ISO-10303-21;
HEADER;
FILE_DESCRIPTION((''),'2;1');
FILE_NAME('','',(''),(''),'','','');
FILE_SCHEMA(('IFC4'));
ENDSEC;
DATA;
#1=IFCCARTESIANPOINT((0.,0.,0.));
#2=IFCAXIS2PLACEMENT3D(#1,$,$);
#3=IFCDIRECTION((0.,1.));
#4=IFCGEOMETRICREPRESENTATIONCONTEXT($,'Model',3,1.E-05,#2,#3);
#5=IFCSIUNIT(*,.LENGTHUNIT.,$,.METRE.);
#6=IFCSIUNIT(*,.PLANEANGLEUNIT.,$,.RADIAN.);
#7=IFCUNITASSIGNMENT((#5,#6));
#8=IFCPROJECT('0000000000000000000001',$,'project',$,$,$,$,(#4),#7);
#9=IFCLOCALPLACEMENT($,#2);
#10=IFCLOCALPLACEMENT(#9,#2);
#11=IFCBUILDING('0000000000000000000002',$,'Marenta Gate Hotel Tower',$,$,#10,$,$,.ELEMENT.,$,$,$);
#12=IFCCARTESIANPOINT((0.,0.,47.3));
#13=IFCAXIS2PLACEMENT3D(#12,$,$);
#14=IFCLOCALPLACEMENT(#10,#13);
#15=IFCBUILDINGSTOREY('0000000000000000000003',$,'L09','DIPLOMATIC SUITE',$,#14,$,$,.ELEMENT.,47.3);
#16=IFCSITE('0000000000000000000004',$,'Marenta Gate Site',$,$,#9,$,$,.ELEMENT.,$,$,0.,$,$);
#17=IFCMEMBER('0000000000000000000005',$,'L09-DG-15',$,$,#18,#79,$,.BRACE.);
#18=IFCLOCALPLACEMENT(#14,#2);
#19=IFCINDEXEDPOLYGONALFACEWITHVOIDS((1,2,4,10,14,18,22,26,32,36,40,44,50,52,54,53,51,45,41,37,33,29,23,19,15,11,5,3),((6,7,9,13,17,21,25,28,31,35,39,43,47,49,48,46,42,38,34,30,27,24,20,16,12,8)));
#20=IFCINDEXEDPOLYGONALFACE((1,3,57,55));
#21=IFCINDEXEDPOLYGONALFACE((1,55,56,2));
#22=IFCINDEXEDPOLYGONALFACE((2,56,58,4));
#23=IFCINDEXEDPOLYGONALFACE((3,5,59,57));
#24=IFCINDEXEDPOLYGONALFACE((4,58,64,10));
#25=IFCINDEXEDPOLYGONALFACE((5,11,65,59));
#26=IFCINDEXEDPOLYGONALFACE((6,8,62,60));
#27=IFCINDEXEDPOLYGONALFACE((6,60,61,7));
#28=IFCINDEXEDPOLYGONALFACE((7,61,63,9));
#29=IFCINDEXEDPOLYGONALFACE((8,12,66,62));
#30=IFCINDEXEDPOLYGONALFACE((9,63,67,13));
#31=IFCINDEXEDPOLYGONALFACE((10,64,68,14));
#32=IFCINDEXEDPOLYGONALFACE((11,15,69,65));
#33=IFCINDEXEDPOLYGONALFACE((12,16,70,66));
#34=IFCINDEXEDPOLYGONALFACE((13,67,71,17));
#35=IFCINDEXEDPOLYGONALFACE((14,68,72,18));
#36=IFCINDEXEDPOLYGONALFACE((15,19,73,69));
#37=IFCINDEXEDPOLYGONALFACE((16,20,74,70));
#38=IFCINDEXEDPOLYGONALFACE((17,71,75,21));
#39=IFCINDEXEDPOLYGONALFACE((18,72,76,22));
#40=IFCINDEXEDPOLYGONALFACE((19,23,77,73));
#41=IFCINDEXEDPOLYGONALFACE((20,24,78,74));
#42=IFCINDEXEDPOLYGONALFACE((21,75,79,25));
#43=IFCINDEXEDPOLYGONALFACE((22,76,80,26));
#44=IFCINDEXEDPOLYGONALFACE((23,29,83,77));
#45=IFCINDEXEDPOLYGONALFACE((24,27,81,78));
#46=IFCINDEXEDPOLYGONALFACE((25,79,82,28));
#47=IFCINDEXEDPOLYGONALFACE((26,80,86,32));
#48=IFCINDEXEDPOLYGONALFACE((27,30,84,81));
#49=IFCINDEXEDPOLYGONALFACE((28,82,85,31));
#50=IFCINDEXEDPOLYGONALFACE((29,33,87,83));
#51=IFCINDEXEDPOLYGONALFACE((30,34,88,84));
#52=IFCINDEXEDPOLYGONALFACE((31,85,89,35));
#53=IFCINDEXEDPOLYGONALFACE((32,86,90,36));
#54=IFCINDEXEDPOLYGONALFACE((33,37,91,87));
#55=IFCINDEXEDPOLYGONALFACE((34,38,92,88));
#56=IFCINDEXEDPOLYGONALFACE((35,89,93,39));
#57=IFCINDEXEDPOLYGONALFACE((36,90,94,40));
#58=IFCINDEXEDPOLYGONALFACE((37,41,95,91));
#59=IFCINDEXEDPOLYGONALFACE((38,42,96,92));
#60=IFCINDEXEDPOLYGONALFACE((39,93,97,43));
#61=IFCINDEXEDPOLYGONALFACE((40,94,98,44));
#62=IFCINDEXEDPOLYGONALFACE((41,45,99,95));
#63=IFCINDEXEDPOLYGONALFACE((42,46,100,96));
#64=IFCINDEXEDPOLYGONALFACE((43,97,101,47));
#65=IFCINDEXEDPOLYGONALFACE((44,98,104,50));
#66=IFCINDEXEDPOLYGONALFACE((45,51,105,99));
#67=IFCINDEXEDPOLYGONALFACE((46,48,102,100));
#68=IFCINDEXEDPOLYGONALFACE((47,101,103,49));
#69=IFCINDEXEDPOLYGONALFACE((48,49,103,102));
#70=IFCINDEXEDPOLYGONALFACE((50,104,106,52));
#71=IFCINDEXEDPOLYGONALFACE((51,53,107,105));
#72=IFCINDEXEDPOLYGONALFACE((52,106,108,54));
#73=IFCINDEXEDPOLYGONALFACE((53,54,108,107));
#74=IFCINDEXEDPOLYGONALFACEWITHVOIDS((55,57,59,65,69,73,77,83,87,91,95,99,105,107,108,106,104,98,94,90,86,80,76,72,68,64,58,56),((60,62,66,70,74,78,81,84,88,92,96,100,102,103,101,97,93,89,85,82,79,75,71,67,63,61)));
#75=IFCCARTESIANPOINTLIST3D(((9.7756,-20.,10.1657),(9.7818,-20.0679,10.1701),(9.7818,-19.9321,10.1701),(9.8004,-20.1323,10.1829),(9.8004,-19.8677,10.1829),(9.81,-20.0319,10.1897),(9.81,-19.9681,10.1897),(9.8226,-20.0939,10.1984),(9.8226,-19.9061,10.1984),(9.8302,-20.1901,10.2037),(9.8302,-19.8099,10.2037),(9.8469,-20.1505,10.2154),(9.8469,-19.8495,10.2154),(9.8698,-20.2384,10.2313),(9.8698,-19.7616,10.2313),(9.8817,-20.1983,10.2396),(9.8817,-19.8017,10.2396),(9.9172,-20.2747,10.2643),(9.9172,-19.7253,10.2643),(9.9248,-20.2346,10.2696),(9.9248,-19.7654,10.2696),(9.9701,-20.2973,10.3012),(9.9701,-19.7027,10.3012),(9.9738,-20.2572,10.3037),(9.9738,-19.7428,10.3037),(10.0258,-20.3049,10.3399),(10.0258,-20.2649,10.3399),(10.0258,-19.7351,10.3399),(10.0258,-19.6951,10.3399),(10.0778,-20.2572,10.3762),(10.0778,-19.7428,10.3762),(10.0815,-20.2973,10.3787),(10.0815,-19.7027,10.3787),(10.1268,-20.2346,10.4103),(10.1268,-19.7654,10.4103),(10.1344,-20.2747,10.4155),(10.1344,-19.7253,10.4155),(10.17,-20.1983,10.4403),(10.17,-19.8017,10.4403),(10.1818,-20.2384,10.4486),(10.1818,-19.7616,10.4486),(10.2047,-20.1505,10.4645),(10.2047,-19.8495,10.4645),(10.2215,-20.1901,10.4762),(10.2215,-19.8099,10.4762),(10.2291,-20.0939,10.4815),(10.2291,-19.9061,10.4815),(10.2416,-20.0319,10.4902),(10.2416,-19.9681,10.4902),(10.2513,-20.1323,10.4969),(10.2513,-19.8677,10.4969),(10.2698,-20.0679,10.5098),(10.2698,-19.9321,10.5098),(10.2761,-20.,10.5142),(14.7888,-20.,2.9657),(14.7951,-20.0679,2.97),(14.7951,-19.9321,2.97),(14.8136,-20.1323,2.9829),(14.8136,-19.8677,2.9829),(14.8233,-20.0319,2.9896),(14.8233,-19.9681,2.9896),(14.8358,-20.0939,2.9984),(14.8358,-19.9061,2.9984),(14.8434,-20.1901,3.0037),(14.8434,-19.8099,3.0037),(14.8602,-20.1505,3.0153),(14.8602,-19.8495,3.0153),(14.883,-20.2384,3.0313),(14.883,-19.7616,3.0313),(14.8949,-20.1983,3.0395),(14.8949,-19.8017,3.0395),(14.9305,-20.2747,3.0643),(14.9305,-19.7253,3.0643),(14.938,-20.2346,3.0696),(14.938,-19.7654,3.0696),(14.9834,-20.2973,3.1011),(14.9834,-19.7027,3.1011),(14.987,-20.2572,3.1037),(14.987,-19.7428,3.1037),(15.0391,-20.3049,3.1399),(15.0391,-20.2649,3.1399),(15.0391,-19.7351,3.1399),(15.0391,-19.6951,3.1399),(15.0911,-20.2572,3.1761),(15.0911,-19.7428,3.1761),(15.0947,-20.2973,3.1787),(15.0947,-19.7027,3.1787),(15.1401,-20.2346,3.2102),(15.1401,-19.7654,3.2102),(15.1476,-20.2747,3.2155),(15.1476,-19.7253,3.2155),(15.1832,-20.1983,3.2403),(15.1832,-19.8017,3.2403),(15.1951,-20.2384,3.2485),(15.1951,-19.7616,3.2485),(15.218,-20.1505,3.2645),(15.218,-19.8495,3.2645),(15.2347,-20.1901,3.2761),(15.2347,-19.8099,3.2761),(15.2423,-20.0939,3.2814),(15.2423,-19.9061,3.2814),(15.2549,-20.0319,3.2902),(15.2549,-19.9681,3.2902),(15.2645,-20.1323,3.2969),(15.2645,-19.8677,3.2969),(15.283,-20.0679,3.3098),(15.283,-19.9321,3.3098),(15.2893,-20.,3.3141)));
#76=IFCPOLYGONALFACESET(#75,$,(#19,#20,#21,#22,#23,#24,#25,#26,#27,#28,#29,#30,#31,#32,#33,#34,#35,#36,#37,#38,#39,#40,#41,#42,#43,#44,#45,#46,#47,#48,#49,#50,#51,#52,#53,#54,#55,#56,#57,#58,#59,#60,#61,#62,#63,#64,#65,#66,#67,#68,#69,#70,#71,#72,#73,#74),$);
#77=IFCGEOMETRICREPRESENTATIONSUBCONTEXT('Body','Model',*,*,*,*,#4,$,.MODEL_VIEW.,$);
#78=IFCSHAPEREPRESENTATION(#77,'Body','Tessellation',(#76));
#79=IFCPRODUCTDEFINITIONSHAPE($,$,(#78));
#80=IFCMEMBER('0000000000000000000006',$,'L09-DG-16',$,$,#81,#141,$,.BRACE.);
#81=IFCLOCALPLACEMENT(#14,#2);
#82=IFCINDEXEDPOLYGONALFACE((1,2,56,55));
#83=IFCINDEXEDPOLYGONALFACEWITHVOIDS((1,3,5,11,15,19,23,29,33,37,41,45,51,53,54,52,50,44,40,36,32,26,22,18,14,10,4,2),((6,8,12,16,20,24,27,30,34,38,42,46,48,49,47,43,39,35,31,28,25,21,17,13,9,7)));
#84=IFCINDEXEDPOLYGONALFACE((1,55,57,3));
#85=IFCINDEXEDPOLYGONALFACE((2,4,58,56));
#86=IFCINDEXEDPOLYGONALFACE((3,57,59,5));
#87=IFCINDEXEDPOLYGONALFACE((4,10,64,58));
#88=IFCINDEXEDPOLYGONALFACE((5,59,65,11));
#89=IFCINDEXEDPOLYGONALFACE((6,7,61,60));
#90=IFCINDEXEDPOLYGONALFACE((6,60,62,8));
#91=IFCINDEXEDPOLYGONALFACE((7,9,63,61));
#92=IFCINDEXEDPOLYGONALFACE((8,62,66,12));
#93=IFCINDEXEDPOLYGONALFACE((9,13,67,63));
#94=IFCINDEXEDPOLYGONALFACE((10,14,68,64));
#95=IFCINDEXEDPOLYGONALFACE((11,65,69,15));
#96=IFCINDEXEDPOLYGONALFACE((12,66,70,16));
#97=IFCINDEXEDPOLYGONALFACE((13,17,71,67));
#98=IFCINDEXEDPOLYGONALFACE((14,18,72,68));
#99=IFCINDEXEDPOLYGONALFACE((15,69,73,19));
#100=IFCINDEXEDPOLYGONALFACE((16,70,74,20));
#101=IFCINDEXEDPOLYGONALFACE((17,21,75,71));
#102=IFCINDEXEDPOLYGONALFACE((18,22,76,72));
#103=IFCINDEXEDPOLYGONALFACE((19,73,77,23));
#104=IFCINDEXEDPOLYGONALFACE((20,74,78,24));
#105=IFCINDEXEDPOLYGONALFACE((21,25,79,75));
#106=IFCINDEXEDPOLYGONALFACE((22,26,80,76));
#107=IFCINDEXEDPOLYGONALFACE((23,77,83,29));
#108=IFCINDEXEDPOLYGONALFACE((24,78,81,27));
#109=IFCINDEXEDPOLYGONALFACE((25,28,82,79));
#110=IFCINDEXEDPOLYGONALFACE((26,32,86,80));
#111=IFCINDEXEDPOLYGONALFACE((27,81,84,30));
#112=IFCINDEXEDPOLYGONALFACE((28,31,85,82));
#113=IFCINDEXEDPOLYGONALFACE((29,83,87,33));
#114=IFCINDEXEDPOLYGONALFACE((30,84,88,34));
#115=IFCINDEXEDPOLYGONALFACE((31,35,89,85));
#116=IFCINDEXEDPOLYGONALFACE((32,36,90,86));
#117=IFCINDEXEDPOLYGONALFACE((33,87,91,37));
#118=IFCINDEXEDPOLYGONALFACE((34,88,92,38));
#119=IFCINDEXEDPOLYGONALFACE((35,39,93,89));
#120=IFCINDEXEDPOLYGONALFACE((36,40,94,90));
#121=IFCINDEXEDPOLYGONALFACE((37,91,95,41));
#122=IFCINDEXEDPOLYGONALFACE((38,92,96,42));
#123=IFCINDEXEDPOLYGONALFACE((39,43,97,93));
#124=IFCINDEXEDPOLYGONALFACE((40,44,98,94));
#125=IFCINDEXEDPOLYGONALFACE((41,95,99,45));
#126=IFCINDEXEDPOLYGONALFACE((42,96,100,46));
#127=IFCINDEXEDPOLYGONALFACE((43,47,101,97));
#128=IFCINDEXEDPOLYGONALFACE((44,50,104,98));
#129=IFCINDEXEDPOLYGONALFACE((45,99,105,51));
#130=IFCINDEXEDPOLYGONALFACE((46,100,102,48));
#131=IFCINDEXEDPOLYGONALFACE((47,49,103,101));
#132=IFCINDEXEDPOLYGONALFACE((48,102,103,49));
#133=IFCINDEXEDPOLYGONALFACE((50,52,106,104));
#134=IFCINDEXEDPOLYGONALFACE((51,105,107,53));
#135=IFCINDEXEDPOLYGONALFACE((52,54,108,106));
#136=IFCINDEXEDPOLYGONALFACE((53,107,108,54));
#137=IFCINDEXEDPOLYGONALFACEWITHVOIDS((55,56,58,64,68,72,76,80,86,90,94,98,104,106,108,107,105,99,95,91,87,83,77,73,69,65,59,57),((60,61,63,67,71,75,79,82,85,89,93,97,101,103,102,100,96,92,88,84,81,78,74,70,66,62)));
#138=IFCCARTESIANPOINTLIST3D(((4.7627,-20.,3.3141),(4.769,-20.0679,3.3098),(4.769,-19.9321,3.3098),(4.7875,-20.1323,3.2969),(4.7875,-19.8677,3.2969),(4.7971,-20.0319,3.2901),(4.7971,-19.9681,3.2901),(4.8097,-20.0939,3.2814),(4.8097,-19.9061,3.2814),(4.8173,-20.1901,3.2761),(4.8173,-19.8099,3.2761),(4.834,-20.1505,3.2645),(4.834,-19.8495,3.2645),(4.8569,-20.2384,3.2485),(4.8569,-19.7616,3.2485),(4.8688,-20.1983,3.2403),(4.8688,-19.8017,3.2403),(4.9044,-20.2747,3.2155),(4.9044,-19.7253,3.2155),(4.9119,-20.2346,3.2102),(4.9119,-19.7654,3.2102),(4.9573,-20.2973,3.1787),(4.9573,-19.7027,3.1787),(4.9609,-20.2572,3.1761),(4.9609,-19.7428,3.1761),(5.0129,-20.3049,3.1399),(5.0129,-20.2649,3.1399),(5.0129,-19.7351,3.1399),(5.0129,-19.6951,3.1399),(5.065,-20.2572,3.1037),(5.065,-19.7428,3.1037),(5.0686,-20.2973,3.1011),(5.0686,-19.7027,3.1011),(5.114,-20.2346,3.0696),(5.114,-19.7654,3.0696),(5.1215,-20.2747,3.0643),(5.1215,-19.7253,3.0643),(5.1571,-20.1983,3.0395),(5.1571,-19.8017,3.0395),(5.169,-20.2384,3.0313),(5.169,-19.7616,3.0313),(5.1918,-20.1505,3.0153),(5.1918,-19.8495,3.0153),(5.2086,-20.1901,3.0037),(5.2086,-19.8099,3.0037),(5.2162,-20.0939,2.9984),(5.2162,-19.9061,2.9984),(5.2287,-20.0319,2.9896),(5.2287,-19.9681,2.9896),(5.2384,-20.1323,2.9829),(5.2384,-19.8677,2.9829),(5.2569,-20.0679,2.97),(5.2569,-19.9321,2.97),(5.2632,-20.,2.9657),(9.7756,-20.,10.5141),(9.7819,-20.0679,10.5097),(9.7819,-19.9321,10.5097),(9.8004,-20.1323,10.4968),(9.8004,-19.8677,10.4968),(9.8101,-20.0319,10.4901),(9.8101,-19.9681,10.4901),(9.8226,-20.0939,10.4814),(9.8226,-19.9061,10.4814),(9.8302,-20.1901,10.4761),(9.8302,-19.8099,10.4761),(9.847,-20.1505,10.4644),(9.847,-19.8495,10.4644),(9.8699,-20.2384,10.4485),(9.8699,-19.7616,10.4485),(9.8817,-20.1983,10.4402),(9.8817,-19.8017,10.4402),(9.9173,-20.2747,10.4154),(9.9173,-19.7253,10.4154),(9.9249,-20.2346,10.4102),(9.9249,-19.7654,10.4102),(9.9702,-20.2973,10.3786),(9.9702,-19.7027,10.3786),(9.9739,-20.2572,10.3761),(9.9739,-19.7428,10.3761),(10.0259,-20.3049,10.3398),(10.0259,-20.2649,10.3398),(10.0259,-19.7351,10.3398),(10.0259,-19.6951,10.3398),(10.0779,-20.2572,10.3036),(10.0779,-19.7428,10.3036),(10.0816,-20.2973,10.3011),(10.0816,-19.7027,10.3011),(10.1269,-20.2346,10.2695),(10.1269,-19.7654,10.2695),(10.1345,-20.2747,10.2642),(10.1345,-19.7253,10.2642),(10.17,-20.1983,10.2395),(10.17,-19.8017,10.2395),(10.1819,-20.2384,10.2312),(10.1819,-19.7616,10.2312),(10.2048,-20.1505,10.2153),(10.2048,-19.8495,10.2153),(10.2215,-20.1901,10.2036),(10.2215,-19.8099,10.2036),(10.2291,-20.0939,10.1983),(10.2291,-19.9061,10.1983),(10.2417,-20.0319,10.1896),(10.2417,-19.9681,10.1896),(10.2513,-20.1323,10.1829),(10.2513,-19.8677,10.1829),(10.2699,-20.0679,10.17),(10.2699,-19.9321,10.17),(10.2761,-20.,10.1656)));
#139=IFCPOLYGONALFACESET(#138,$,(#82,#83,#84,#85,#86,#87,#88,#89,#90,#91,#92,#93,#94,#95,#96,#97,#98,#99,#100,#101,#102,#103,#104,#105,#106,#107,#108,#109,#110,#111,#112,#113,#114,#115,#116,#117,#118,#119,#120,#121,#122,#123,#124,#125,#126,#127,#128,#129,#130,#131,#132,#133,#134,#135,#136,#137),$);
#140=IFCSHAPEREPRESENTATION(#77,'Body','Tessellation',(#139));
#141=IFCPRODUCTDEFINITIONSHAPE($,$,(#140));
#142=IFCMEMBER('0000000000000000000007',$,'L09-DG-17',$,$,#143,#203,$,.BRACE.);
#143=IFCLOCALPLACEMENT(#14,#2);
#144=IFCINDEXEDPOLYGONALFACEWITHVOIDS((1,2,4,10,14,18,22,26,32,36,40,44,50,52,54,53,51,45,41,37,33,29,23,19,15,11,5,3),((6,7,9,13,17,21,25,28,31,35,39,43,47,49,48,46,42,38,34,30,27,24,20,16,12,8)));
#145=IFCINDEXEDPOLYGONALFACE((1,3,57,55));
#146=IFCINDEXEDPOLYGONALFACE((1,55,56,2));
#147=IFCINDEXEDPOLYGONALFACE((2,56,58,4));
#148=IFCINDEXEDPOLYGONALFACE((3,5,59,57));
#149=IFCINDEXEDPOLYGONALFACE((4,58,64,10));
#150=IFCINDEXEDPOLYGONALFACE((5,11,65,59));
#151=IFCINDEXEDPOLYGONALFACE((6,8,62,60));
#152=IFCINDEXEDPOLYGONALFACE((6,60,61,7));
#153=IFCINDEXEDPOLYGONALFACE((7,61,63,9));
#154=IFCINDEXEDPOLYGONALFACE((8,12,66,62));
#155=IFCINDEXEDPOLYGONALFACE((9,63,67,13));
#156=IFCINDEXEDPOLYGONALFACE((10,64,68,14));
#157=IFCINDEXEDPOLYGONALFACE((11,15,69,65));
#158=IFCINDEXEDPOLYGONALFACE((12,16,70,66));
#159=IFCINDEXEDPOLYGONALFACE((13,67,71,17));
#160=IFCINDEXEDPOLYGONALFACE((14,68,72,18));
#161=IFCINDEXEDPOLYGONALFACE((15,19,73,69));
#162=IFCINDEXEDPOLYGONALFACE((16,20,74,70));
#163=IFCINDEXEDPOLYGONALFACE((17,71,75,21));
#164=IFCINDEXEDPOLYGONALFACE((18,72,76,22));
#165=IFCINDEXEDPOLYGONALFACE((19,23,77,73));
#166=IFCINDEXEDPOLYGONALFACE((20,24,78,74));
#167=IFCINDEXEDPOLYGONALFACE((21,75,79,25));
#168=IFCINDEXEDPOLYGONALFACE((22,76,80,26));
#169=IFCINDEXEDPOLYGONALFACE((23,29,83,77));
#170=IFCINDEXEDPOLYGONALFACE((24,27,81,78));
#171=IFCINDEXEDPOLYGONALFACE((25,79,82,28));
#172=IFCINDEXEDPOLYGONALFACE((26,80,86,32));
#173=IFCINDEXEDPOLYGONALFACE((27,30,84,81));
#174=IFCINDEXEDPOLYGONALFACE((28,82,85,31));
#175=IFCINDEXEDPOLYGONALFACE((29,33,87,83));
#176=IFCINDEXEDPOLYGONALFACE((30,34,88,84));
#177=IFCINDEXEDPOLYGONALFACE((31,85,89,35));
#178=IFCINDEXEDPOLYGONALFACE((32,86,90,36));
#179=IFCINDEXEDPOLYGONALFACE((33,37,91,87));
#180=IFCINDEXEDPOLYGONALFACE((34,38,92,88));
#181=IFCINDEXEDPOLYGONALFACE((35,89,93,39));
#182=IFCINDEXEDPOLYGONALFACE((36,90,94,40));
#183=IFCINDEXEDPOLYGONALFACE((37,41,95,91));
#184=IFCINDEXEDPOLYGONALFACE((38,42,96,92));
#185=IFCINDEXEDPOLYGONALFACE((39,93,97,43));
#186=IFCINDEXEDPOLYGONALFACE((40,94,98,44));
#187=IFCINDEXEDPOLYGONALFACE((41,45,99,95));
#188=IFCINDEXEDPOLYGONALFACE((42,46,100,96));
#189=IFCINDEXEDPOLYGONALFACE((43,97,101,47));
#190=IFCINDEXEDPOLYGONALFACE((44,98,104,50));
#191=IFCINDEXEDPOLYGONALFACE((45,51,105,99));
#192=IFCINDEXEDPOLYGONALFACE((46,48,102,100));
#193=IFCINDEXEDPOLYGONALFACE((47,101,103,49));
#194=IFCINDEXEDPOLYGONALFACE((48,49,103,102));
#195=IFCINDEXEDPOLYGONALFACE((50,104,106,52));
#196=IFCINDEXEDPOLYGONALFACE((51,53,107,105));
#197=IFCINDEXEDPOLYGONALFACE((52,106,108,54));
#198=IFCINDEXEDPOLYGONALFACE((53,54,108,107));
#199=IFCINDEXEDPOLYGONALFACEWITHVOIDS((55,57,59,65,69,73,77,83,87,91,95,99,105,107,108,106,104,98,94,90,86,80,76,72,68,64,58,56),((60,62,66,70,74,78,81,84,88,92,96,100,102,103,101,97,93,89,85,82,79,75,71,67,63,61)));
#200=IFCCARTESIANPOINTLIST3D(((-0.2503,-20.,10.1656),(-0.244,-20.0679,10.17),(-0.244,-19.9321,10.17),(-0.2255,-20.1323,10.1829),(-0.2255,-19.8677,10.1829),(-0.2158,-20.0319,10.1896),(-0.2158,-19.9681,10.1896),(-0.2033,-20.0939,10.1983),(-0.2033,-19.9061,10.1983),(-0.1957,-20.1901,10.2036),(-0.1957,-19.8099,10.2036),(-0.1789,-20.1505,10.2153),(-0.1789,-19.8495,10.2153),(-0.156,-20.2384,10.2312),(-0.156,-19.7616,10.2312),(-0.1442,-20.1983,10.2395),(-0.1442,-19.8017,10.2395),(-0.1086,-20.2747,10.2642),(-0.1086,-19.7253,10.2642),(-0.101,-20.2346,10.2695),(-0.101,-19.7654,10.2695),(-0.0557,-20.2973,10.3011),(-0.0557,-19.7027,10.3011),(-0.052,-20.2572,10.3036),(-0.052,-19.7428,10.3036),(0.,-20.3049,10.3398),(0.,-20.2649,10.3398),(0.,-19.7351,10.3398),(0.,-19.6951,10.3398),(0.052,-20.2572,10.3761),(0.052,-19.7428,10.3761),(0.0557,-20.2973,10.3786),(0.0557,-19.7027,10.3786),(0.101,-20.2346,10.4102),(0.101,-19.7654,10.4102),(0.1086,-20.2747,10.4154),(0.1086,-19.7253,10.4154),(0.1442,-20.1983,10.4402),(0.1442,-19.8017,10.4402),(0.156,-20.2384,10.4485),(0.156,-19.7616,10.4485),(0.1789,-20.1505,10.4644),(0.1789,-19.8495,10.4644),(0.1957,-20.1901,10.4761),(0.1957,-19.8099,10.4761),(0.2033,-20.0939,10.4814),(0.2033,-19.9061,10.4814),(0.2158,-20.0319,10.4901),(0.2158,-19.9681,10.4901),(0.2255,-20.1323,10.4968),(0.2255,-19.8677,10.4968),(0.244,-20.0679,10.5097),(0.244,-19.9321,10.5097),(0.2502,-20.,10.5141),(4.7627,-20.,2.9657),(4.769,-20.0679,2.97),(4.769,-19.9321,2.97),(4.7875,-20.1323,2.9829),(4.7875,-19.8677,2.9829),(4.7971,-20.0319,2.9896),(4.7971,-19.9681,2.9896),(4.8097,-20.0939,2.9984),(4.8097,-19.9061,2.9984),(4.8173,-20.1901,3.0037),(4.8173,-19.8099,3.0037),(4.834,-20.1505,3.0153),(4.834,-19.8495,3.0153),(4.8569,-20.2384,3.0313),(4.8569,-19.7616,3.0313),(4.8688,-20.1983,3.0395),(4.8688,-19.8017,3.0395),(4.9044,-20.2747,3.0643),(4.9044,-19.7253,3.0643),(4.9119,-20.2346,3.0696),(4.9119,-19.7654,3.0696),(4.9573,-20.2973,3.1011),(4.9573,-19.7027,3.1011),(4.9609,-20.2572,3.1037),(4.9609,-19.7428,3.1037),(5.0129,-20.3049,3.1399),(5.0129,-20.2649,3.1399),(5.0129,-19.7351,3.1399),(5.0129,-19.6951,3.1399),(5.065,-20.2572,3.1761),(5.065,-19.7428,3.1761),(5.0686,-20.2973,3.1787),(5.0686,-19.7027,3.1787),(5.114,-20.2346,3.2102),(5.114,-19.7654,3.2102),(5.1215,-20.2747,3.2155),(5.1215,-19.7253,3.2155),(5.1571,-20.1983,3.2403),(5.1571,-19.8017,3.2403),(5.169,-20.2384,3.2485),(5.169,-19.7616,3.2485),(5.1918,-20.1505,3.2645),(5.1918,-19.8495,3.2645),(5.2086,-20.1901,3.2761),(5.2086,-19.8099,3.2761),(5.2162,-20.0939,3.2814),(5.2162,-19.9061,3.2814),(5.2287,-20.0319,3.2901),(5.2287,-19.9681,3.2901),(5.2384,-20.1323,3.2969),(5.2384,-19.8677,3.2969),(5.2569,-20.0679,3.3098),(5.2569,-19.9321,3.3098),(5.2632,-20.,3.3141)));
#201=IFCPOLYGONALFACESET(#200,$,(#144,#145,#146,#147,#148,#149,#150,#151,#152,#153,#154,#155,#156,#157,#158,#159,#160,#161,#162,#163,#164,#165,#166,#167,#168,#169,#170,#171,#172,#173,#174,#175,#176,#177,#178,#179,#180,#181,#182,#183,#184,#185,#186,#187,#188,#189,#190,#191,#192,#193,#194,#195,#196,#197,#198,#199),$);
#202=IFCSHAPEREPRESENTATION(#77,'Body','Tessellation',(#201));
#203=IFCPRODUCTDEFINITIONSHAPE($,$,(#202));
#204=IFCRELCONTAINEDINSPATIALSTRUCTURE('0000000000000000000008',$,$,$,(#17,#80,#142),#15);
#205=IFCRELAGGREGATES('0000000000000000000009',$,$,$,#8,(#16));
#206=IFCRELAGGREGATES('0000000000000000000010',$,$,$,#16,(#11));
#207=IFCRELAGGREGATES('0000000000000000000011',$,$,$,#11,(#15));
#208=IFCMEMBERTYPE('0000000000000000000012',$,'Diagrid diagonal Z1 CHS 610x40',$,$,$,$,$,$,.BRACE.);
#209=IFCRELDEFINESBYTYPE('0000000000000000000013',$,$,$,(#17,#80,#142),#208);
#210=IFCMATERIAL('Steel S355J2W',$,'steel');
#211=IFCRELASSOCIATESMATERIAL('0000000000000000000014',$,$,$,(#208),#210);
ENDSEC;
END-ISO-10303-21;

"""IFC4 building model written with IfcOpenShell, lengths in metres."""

from ifc_helpers import new_model, si_unit, direction, frame, origin, origin_2d, place, context, subcontext, project, spatial, hollow_circle, extrude, material, material_profile, profile_set, type_object, element, save


model = new_model("IFC4")

# Units and contexts
model_context = context("Model", 3, precision=1e-05, world=origin(), true_north=direction((0.0, 1.0)))
body_context = subcontext(model_context, "Body", "Model", "MODEL_VIEW")
ifc_project = project(units=[si_unit("LENGTHUNIT", "METRE"), si_unit("PLANEANGLEUNIT", "RADIAN")], contexts=[model_context])

# Site, building, storey
site_placement = place(None, origin())
site = spatial("IfcSite", under=ifc_project, at=site_placement, Name="Marenta Gate Site", CompositionType="ELEMENT", RefElevation=0.0)
building_placement = place(site_placement, origin())
building = spatial("IfcBuilding", under=site, at=building_placement, Name="Marenta Gate Hotel Tower", CompositionType="ELEMENT")
storey_placement = place(building_placement, frame((0.0, 0.0, 47.3)))
storey = spatial("IfcBuildingStorey", under=building, at=storey_placement, Name="L09", Description="DIPLOMATIC SUITE", CompositionType="ELEMENT", Elevation=47.3)

# Members
ifc_material_1 = material(Name="Steel S355J2W", Category="steel")
ifc_material_profile_1 = material_profile(ifc_material_1, hollow_circle(Radius=0.3049, WallThickness=0.04, at=origin_2d()), Name="CHS 610x40")
ifc_profile_set_1 = profile_set([ifc_material_profile_1], Name="Steel S355J2W")
member_type_1 = type_object("IfcMemberType", Name="Diagrid diagonal Z1 CHS 610x40", PredefinedType="BRACE", material=ifc_profile_set_1)
member_1_placement = place(storey_placement, frame((15.0391, -20.0, 3.1399), z_axis=(-0.571412, 0.0, 0.820664), x_axis=(0.0, -1.0, 0.0)))
element("IfcMember", 1, at=member_1_placement, inside=storey, type_object=member_type_1, Name="L09-DG-15", PredefinedType="BRACE", context=body_context, shape_type="SweptSolid", body=[
    extrude(hollow_circle(Radius=0.3049, WallThickness=0.04, at=origin_2d()), origin(), (0.0, 0.0, 1.0), 8.7734),
])
for number, where, z_axis, x_axis, name in (
    (2, (5.0129, -20.0, 3.1399), (0.571393, 0.0, 0.820677), (0.0, 1.0, 0.0), "L09-DG-16"),
    (3, (5.0129, -20.0, 3.1399), (-0.571393, 0.0, 0.820677), (0.0, -1.0, 0.0), "L09-DG-17"),
):
    element("IfcMember", number, at=place(storey_placement, frame(where, z_axis=z_axis, x_axis=x_axis)), inside=storey, type_object=member_type_1, Name=name, PredefinedType="BRACE", context=body_context, shape_type="SweptSolid", body=[
        extrude(hollow_circle(Radius=0.3049, WallThickness=0.04, at=origin_2d()), origin(), (0.0, 0.0, 1.0), 8.7732),
    ])

save(model, "model.ifc")
